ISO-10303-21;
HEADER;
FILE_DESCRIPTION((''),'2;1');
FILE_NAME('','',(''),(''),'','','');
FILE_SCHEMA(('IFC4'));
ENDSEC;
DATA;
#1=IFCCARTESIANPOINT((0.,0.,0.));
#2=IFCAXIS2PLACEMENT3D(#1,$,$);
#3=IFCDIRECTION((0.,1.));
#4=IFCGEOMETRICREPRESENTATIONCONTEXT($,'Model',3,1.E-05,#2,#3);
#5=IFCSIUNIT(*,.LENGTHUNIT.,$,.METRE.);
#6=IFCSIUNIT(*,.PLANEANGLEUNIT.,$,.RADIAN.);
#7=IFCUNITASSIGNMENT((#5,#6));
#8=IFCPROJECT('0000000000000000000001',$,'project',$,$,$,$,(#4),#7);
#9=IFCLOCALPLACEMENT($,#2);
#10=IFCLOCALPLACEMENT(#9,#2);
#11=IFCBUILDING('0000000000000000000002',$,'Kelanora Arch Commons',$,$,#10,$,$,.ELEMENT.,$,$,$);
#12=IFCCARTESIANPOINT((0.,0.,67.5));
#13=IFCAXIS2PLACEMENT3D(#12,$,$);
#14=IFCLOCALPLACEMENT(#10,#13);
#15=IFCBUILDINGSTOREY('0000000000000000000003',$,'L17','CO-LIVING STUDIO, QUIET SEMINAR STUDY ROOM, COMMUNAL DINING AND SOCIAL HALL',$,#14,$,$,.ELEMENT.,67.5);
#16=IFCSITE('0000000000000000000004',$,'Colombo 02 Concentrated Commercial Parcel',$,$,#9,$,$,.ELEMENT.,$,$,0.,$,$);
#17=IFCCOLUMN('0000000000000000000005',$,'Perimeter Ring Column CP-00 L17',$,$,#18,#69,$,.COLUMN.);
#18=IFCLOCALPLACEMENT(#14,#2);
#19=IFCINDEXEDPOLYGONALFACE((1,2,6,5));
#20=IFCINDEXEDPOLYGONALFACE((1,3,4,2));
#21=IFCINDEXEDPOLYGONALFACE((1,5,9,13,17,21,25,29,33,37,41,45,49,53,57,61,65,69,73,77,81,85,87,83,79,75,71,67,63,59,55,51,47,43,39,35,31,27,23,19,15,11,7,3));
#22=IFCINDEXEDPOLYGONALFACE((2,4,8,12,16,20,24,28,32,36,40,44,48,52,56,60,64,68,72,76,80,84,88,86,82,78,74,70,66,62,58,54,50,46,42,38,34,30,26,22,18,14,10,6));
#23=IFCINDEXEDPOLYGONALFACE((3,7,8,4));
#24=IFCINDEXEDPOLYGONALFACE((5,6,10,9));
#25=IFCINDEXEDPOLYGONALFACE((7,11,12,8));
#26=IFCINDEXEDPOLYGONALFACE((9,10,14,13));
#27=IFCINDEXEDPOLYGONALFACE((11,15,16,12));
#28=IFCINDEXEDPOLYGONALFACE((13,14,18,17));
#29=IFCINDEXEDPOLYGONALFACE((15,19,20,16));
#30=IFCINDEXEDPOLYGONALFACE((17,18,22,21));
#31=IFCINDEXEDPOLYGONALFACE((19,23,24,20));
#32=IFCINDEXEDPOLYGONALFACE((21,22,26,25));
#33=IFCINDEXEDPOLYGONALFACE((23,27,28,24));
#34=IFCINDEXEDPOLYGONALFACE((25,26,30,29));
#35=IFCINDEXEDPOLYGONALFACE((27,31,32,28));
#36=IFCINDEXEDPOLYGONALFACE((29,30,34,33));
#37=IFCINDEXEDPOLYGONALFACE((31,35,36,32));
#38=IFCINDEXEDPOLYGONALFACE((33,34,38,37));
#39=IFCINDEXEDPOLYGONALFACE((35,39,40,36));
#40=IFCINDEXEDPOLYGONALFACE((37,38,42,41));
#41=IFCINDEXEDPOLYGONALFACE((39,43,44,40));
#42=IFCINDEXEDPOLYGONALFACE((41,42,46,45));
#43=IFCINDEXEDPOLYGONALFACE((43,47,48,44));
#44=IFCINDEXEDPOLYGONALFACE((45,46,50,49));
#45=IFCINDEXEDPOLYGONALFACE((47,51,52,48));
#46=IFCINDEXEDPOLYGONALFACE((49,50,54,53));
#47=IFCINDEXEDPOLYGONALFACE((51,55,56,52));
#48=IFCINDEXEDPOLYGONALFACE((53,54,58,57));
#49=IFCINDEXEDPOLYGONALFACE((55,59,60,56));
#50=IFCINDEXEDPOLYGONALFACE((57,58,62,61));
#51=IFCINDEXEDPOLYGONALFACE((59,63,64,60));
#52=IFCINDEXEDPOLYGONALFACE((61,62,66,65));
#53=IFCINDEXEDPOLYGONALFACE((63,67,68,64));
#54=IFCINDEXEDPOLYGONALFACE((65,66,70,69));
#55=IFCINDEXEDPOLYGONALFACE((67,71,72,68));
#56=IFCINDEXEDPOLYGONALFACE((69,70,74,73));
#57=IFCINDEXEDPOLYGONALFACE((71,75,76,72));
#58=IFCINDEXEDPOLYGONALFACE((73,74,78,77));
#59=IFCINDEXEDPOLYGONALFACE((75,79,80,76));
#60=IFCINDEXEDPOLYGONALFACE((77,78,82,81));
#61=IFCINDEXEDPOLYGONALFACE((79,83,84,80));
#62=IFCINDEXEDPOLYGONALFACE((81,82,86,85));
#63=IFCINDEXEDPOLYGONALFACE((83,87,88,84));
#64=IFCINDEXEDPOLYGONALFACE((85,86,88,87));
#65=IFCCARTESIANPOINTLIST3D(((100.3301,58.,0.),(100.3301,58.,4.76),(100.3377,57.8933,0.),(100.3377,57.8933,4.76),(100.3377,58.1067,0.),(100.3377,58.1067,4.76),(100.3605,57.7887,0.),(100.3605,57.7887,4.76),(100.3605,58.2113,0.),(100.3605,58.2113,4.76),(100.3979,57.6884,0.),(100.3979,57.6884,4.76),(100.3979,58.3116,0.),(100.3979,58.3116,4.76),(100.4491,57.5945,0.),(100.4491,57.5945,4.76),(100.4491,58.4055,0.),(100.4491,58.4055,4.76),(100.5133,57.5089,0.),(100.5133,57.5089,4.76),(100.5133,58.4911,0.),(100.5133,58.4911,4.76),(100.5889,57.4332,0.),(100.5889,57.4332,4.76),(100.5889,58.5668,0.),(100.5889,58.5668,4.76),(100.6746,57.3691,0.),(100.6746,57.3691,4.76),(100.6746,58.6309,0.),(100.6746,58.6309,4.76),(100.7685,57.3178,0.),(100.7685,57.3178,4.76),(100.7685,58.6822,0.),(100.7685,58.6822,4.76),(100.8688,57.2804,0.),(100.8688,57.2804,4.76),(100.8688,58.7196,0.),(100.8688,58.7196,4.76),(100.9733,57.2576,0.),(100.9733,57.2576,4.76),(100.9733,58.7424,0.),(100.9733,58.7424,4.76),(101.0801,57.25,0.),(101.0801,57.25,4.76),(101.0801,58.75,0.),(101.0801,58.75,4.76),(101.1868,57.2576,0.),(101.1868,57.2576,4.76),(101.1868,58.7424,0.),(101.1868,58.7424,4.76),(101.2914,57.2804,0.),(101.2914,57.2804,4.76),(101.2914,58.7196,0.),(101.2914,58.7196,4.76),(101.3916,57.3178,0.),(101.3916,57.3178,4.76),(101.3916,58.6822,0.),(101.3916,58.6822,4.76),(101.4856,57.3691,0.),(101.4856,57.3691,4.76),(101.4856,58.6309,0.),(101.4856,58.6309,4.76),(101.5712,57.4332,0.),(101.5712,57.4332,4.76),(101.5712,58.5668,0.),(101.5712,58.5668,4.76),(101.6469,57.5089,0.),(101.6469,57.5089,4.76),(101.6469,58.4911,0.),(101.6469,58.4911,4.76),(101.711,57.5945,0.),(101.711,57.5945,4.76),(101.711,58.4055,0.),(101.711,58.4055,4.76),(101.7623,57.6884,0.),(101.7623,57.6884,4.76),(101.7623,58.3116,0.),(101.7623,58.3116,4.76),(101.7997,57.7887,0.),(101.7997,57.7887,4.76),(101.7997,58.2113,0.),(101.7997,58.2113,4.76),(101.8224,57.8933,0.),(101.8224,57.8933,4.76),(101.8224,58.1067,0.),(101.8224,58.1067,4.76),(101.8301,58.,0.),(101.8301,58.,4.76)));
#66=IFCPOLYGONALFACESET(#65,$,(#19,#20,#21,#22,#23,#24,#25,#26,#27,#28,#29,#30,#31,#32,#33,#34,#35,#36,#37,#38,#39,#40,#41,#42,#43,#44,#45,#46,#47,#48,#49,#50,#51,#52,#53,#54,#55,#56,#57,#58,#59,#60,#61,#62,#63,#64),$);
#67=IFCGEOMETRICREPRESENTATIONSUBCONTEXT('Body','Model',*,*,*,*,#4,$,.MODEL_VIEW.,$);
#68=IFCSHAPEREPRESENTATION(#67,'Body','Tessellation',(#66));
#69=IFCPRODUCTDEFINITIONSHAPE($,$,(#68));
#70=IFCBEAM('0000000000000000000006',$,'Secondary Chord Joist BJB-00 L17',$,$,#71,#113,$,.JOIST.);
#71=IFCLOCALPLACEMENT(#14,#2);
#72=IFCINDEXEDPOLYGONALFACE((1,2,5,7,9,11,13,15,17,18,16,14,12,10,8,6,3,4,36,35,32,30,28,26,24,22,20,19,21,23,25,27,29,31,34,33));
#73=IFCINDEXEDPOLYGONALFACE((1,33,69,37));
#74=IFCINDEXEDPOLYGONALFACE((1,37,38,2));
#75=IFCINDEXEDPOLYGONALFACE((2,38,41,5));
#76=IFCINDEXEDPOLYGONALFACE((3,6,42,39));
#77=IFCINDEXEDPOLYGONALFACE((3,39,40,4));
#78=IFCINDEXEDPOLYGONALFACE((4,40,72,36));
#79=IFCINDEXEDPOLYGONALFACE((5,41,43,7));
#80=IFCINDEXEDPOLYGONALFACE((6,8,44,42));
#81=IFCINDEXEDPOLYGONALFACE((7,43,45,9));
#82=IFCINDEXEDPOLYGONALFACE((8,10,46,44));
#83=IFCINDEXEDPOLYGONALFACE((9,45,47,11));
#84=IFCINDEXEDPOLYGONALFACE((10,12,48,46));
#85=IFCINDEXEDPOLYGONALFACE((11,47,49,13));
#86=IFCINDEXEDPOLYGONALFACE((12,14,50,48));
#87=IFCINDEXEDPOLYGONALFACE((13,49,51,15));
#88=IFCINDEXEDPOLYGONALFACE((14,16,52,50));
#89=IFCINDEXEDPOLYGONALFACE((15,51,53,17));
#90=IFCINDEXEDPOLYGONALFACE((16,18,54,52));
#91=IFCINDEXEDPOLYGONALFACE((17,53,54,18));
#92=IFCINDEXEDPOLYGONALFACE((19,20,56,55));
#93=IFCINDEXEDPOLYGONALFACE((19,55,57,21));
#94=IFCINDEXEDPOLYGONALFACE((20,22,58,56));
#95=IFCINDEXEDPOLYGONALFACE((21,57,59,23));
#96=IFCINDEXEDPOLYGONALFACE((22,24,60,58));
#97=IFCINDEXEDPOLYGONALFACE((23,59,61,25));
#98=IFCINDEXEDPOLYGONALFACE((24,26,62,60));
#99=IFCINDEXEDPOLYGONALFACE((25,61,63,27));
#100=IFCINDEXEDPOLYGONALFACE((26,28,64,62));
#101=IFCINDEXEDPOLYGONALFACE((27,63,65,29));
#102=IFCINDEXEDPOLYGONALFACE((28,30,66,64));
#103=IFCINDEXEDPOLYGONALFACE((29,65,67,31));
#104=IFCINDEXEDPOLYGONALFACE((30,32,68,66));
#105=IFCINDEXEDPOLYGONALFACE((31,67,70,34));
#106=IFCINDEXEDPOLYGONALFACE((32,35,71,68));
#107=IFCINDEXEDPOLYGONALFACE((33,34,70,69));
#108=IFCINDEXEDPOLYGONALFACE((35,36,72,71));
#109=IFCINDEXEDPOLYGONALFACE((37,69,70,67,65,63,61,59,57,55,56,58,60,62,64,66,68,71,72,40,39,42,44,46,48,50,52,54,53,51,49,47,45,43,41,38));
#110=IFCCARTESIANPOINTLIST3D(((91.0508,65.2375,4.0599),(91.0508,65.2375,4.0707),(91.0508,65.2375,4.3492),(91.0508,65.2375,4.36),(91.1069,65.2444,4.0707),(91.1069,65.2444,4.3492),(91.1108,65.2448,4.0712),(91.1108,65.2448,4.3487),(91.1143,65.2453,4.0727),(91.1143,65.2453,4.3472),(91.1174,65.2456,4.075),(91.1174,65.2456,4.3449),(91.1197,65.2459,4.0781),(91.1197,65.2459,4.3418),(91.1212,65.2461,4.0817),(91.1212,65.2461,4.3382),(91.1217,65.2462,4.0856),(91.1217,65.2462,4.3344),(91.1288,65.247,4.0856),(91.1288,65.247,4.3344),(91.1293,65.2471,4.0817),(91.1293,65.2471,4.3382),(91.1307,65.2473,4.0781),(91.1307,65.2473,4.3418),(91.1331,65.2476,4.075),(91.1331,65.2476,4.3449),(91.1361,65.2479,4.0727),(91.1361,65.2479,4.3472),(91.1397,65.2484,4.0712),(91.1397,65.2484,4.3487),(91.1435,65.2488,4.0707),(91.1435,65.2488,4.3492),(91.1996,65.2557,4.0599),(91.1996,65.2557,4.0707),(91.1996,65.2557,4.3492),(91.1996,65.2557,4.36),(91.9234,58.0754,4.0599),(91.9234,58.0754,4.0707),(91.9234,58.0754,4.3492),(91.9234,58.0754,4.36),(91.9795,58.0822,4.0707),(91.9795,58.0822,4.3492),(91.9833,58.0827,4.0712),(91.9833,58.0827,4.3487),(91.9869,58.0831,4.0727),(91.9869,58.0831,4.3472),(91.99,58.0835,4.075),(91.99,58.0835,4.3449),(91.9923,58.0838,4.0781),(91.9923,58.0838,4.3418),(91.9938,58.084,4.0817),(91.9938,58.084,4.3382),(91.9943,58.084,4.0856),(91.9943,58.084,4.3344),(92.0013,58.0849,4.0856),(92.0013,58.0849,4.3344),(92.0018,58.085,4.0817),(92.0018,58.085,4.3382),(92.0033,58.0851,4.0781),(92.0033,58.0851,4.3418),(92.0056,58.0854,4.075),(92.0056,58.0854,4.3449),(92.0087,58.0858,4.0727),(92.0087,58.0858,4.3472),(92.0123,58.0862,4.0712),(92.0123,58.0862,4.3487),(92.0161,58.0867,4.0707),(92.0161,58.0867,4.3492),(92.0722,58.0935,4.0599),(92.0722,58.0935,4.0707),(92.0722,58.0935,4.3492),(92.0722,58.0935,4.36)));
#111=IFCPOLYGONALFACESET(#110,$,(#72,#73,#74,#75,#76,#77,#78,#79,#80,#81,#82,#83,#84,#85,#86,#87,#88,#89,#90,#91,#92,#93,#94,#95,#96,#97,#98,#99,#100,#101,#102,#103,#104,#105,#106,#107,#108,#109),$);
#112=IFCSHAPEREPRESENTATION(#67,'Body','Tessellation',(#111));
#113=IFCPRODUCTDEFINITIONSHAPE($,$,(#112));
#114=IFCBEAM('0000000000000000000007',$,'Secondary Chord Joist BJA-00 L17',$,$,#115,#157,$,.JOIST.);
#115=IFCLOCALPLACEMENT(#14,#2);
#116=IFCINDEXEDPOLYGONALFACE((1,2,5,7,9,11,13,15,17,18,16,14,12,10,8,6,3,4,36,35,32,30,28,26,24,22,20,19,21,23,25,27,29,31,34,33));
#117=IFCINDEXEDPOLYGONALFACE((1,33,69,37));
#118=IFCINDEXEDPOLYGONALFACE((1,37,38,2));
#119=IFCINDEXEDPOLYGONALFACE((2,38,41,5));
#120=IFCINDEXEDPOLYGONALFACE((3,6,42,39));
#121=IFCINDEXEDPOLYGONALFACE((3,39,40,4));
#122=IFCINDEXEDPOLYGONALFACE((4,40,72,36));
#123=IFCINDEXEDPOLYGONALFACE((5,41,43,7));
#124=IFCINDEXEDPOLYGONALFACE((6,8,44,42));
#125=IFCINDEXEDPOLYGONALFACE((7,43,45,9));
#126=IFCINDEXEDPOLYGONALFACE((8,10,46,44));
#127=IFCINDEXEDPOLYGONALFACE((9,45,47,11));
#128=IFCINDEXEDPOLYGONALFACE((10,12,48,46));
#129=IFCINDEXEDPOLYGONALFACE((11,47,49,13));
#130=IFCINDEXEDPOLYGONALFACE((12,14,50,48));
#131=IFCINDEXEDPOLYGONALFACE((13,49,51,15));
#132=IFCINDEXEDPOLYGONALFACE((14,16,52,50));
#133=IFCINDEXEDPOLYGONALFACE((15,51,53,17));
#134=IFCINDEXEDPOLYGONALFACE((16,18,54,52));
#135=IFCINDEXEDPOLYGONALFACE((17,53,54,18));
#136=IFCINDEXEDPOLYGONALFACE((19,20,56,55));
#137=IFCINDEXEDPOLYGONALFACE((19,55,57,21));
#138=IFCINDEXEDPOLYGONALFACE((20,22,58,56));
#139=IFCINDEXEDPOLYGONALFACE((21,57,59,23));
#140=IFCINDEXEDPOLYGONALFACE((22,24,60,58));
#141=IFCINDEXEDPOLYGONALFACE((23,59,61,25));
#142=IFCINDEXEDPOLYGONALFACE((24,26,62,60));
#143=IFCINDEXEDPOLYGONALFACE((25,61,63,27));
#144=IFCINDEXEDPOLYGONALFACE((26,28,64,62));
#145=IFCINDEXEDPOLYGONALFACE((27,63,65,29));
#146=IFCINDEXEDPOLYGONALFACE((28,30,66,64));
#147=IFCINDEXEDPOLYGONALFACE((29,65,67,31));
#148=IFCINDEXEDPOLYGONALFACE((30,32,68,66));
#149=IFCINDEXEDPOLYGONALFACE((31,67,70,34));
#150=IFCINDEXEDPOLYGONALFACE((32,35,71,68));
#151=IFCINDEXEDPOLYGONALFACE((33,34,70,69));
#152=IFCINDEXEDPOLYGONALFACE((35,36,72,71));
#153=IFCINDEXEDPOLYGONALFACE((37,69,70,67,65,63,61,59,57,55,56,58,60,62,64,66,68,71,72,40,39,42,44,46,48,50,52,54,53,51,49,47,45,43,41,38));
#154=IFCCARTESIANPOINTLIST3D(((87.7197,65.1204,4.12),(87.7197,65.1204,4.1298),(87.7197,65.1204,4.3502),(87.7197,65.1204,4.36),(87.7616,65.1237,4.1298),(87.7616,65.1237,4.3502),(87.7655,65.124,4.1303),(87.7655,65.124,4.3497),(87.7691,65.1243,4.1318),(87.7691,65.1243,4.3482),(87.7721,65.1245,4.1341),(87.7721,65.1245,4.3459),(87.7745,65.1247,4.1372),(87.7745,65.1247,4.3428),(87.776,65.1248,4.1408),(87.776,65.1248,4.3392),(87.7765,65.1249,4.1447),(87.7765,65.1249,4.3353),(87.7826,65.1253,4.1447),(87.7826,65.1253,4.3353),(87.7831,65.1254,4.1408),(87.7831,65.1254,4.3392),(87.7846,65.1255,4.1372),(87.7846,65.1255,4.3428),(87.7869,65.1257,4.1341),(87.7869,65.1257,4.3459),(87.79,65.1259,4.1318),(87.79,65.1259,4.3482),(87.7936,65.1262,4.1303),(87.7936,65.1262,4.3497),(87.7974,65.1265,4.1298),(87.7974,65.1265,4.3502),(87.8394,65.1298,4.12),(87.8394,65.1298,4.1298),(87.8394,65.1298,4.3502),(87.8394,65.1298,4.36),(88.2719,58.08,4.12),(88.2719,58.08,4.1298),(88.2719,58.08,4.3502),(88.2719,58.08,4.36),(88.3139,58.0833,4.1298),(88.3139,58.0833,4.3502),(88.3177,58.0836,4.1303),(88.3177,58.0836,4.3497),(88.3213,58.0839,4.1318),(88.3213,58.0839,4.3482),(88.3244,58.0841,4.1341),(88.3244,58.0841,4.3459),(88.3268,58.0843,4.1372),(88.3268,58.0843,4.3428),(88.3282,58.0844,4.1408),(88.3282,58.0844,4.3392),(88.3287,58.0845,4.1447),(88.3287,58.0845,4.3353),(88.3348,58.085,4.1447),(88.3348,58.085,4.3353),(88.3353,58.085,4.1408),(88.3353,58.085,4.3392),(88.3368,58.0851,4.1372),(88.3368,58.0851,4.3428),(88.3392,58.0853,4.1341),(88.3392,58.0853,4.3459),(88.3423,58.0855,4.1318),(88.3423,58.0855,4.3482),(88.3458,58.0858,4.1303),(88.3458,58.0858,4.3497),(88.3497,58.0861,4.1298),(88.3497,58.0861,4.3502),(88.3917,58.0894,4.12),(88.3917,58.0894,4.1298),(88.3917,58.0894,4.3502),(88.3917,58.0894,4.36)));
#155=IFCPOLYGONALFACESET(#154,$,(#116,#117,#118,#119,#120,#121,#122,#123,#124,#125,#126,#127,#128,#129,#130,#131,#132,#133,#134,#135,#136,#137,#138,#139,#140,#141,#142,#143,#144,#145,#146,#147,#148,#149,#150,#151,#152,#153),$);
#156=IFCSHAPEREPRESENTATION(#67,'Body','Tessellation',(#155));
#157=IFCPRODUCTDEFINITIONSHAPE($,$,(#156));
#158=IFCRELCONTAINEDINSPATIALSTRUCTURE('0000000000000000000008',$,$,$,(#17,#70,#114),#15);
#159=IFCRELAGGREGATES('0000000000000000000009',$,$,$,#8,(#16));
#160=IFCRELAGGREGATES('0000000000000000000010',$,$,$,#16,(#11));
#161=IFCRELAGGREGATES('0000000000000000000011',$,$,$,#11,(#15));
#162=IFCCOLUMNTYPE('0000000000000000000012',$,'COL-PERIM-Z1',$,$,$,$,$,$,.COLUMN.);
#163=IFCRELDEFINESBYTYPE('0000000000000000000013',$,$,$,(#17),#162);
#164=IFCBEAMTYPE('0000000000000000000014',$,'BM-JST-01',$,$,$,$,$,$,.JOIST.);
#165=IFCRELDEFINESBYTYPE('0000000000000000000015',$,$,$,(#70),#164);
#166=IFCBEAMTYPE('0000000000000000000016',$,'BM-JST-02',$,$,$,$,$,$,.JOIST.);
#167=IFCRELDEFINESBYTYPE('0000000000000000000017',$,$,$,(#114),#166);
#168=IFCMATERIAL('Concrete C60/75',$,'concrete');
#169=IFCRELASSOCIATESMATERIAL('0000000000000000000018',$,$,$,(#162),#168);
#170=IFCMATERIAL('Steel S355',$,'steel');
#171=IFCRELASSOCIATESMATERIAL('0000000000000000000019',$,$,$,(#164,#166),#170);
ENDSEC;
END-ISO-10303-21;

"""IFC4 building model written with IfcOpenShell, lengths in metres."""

from ifc_helpers import new_model, si_unit, direction, frame, origin, origin_2d, place, context, subcontext, project, spatial, circle, i_section, extrude, material, material_profile, profile_set, type_object, element, save


model = new_model("IFC4")

# Units and contexts
model_context = context("Model", 3, precision=1e-05, world=origin(), true_north=direction((0.0, 1.0)))
body_context = subcontext(model_context, "Body", "Model", "MODEL_VIEW")
ifc_project = project(units=[si_unit("LENGTHUNIT", "METRE"), si_unit("PLANEANGLEUNIT", "RADIAN")], contexts=[model_context])

# Site, building, storey
site_placement = place(None, origin())
site = spatial("IfcSite", under=ifc_project, at=site_placement, Name="Colombo 02 Concentrated Commercial Parcel", CompositionType="ELEMENT", RefElevation=0.0)
building_placement = place(site_placement, origin())
building = spatial("IfcBuilding", under=site, at=building_placement, Name="Kelanora Arch Commons", CompositionType="ELEMENT")
storey_placement = place(building_placement, frame((0.0, 0.0, 67.5)))
storey = spatial("IfcBuildingStorey", under=building, at=storey_placement, Name="L17", Description="CO-LIVING STUDIO, QUIET SEMINAR STUDY ROOM, COMMUNAL DINING AND SOCIAL HALL", CompositionType="ELEMENT", Elevation=67.5)

# Column
ifc_material_1 = material(Name="Concrete C60/75", Category="concrete")
ifc_material_profile_1 = material_profile(ifc_material_1, circle(Radius=0.75, at=origin_2d()), Name="RCC1500")
ifc_profile_set_1 = profile_set([ifc_material_profile_1], Name="Concrete C60/75")
column_type = type_object("IfcColumnType", Name="COL-PERIM-Z1", PredefinedType="COLUMN", material=ifc_profile_set_1)
column_placement = place(storey_placement, frame((101.0801, 58.0, 0.0), z_axis=(0.0, 0.0, 1.0), x_axis=(1.0, 0.0, 0.0)))
element("IfcColumn", 1, at=column_placement, inside=storey, type_object=column_type, Name="Perimeter Ring Column CP-00 L17", PredefinedType="COLUMN", context=body_context, shape_type="SweptSolid", body=[
    extrude(circle(Radius=0.75, at=origin_2d()), origin(), (0.0, 0.0, 1.0), 4.76),
])

# Beams
ifc_material_2 = material(Name="Steel S355", Category="steel")
ifc_material_profile_2 = material_profile(ifc_material_2, i_section(OverallWidth=0.1499, OverallDepth=0.3, WebThickness=0.0071, FlangeThickness=0.0107, FilletRadius=0.0149, at=origin_2d()), Name="IPE300")
ifc_profile_set_2 = profile_set([ifc_material_profile_2], Name="Steel S355")
beam_type_1 = type_object("IfcBeamType", Name="BM-JST-01", PredefinedType="JOIST", material=ifc_profile_set_2)
beam_1_placement = place(storey_placement, frame((91.9978, 58.0845, 4.21), z_axis=(-0.120936, 0.99266, 0.0), x_axis=(-0.99266, -0.120936, 0.0)))
element("IfcBeam", 2, at=beam_1_placement, inside=storey, type_object=beam_type_1, Name="Secondary Chord Joist BJB-00 L17", PredefinedType="JOIST", context=body_context, shape_type="SweptSolid", body=[
    extrude(i_section(OverallWidth=0.1499, OverallDepth=0.3, WebThickness=0.0071, FlangeThickness=0.0107, FilletRadius=0.0149, at=origin_2d()), origin(), (0.0, 0.0, 1.0), 7.2151),
])
ifc_material_profile_3 = material_profile(ifc_material_2, i_section(OverallWidth=0.1201, OverallDepth=0.24, WebThickness=0.0061, FlangeThickness=0.0098, FilletRadius=0.0149, at=origin_2d()), Name="IPE240")
ifc_profile_set_3 = profile_set([ifc_material_profile_3], Name="Steel S355")
beam_type_2 = type_object("IfcBeamType", Name="BM-JST-02", PredefinedType="JOIST", material=ifc_profile_set_3)
beam_2_placement = place(storey_placement, frame((88.3318, 58.0847, 4.24), z_axis=(-0.078201, 0.996938, 0.0), x_axis=(-0.996938, -0.078201, 0.0)))
element("IfcBeam", 3, at=beam_2_placement, inside=storey, type_object=beam_type_2, Name="Secondary Chord Joist BJA-00 L17", PredefinedType="JOIST", context=body_context, shape_type="SweptSolid", body=[
    extrude(i_section(OverallWidth=0.1201, OverallDepth=0.24, WebThickness=0.0061, FlangeThickness=0.0098, FilletRadius=0.0149, at=origin_2d()), origin(), (0.0, 0.0, 1.0), 7.062),
])

save(model, "model.ifc")
